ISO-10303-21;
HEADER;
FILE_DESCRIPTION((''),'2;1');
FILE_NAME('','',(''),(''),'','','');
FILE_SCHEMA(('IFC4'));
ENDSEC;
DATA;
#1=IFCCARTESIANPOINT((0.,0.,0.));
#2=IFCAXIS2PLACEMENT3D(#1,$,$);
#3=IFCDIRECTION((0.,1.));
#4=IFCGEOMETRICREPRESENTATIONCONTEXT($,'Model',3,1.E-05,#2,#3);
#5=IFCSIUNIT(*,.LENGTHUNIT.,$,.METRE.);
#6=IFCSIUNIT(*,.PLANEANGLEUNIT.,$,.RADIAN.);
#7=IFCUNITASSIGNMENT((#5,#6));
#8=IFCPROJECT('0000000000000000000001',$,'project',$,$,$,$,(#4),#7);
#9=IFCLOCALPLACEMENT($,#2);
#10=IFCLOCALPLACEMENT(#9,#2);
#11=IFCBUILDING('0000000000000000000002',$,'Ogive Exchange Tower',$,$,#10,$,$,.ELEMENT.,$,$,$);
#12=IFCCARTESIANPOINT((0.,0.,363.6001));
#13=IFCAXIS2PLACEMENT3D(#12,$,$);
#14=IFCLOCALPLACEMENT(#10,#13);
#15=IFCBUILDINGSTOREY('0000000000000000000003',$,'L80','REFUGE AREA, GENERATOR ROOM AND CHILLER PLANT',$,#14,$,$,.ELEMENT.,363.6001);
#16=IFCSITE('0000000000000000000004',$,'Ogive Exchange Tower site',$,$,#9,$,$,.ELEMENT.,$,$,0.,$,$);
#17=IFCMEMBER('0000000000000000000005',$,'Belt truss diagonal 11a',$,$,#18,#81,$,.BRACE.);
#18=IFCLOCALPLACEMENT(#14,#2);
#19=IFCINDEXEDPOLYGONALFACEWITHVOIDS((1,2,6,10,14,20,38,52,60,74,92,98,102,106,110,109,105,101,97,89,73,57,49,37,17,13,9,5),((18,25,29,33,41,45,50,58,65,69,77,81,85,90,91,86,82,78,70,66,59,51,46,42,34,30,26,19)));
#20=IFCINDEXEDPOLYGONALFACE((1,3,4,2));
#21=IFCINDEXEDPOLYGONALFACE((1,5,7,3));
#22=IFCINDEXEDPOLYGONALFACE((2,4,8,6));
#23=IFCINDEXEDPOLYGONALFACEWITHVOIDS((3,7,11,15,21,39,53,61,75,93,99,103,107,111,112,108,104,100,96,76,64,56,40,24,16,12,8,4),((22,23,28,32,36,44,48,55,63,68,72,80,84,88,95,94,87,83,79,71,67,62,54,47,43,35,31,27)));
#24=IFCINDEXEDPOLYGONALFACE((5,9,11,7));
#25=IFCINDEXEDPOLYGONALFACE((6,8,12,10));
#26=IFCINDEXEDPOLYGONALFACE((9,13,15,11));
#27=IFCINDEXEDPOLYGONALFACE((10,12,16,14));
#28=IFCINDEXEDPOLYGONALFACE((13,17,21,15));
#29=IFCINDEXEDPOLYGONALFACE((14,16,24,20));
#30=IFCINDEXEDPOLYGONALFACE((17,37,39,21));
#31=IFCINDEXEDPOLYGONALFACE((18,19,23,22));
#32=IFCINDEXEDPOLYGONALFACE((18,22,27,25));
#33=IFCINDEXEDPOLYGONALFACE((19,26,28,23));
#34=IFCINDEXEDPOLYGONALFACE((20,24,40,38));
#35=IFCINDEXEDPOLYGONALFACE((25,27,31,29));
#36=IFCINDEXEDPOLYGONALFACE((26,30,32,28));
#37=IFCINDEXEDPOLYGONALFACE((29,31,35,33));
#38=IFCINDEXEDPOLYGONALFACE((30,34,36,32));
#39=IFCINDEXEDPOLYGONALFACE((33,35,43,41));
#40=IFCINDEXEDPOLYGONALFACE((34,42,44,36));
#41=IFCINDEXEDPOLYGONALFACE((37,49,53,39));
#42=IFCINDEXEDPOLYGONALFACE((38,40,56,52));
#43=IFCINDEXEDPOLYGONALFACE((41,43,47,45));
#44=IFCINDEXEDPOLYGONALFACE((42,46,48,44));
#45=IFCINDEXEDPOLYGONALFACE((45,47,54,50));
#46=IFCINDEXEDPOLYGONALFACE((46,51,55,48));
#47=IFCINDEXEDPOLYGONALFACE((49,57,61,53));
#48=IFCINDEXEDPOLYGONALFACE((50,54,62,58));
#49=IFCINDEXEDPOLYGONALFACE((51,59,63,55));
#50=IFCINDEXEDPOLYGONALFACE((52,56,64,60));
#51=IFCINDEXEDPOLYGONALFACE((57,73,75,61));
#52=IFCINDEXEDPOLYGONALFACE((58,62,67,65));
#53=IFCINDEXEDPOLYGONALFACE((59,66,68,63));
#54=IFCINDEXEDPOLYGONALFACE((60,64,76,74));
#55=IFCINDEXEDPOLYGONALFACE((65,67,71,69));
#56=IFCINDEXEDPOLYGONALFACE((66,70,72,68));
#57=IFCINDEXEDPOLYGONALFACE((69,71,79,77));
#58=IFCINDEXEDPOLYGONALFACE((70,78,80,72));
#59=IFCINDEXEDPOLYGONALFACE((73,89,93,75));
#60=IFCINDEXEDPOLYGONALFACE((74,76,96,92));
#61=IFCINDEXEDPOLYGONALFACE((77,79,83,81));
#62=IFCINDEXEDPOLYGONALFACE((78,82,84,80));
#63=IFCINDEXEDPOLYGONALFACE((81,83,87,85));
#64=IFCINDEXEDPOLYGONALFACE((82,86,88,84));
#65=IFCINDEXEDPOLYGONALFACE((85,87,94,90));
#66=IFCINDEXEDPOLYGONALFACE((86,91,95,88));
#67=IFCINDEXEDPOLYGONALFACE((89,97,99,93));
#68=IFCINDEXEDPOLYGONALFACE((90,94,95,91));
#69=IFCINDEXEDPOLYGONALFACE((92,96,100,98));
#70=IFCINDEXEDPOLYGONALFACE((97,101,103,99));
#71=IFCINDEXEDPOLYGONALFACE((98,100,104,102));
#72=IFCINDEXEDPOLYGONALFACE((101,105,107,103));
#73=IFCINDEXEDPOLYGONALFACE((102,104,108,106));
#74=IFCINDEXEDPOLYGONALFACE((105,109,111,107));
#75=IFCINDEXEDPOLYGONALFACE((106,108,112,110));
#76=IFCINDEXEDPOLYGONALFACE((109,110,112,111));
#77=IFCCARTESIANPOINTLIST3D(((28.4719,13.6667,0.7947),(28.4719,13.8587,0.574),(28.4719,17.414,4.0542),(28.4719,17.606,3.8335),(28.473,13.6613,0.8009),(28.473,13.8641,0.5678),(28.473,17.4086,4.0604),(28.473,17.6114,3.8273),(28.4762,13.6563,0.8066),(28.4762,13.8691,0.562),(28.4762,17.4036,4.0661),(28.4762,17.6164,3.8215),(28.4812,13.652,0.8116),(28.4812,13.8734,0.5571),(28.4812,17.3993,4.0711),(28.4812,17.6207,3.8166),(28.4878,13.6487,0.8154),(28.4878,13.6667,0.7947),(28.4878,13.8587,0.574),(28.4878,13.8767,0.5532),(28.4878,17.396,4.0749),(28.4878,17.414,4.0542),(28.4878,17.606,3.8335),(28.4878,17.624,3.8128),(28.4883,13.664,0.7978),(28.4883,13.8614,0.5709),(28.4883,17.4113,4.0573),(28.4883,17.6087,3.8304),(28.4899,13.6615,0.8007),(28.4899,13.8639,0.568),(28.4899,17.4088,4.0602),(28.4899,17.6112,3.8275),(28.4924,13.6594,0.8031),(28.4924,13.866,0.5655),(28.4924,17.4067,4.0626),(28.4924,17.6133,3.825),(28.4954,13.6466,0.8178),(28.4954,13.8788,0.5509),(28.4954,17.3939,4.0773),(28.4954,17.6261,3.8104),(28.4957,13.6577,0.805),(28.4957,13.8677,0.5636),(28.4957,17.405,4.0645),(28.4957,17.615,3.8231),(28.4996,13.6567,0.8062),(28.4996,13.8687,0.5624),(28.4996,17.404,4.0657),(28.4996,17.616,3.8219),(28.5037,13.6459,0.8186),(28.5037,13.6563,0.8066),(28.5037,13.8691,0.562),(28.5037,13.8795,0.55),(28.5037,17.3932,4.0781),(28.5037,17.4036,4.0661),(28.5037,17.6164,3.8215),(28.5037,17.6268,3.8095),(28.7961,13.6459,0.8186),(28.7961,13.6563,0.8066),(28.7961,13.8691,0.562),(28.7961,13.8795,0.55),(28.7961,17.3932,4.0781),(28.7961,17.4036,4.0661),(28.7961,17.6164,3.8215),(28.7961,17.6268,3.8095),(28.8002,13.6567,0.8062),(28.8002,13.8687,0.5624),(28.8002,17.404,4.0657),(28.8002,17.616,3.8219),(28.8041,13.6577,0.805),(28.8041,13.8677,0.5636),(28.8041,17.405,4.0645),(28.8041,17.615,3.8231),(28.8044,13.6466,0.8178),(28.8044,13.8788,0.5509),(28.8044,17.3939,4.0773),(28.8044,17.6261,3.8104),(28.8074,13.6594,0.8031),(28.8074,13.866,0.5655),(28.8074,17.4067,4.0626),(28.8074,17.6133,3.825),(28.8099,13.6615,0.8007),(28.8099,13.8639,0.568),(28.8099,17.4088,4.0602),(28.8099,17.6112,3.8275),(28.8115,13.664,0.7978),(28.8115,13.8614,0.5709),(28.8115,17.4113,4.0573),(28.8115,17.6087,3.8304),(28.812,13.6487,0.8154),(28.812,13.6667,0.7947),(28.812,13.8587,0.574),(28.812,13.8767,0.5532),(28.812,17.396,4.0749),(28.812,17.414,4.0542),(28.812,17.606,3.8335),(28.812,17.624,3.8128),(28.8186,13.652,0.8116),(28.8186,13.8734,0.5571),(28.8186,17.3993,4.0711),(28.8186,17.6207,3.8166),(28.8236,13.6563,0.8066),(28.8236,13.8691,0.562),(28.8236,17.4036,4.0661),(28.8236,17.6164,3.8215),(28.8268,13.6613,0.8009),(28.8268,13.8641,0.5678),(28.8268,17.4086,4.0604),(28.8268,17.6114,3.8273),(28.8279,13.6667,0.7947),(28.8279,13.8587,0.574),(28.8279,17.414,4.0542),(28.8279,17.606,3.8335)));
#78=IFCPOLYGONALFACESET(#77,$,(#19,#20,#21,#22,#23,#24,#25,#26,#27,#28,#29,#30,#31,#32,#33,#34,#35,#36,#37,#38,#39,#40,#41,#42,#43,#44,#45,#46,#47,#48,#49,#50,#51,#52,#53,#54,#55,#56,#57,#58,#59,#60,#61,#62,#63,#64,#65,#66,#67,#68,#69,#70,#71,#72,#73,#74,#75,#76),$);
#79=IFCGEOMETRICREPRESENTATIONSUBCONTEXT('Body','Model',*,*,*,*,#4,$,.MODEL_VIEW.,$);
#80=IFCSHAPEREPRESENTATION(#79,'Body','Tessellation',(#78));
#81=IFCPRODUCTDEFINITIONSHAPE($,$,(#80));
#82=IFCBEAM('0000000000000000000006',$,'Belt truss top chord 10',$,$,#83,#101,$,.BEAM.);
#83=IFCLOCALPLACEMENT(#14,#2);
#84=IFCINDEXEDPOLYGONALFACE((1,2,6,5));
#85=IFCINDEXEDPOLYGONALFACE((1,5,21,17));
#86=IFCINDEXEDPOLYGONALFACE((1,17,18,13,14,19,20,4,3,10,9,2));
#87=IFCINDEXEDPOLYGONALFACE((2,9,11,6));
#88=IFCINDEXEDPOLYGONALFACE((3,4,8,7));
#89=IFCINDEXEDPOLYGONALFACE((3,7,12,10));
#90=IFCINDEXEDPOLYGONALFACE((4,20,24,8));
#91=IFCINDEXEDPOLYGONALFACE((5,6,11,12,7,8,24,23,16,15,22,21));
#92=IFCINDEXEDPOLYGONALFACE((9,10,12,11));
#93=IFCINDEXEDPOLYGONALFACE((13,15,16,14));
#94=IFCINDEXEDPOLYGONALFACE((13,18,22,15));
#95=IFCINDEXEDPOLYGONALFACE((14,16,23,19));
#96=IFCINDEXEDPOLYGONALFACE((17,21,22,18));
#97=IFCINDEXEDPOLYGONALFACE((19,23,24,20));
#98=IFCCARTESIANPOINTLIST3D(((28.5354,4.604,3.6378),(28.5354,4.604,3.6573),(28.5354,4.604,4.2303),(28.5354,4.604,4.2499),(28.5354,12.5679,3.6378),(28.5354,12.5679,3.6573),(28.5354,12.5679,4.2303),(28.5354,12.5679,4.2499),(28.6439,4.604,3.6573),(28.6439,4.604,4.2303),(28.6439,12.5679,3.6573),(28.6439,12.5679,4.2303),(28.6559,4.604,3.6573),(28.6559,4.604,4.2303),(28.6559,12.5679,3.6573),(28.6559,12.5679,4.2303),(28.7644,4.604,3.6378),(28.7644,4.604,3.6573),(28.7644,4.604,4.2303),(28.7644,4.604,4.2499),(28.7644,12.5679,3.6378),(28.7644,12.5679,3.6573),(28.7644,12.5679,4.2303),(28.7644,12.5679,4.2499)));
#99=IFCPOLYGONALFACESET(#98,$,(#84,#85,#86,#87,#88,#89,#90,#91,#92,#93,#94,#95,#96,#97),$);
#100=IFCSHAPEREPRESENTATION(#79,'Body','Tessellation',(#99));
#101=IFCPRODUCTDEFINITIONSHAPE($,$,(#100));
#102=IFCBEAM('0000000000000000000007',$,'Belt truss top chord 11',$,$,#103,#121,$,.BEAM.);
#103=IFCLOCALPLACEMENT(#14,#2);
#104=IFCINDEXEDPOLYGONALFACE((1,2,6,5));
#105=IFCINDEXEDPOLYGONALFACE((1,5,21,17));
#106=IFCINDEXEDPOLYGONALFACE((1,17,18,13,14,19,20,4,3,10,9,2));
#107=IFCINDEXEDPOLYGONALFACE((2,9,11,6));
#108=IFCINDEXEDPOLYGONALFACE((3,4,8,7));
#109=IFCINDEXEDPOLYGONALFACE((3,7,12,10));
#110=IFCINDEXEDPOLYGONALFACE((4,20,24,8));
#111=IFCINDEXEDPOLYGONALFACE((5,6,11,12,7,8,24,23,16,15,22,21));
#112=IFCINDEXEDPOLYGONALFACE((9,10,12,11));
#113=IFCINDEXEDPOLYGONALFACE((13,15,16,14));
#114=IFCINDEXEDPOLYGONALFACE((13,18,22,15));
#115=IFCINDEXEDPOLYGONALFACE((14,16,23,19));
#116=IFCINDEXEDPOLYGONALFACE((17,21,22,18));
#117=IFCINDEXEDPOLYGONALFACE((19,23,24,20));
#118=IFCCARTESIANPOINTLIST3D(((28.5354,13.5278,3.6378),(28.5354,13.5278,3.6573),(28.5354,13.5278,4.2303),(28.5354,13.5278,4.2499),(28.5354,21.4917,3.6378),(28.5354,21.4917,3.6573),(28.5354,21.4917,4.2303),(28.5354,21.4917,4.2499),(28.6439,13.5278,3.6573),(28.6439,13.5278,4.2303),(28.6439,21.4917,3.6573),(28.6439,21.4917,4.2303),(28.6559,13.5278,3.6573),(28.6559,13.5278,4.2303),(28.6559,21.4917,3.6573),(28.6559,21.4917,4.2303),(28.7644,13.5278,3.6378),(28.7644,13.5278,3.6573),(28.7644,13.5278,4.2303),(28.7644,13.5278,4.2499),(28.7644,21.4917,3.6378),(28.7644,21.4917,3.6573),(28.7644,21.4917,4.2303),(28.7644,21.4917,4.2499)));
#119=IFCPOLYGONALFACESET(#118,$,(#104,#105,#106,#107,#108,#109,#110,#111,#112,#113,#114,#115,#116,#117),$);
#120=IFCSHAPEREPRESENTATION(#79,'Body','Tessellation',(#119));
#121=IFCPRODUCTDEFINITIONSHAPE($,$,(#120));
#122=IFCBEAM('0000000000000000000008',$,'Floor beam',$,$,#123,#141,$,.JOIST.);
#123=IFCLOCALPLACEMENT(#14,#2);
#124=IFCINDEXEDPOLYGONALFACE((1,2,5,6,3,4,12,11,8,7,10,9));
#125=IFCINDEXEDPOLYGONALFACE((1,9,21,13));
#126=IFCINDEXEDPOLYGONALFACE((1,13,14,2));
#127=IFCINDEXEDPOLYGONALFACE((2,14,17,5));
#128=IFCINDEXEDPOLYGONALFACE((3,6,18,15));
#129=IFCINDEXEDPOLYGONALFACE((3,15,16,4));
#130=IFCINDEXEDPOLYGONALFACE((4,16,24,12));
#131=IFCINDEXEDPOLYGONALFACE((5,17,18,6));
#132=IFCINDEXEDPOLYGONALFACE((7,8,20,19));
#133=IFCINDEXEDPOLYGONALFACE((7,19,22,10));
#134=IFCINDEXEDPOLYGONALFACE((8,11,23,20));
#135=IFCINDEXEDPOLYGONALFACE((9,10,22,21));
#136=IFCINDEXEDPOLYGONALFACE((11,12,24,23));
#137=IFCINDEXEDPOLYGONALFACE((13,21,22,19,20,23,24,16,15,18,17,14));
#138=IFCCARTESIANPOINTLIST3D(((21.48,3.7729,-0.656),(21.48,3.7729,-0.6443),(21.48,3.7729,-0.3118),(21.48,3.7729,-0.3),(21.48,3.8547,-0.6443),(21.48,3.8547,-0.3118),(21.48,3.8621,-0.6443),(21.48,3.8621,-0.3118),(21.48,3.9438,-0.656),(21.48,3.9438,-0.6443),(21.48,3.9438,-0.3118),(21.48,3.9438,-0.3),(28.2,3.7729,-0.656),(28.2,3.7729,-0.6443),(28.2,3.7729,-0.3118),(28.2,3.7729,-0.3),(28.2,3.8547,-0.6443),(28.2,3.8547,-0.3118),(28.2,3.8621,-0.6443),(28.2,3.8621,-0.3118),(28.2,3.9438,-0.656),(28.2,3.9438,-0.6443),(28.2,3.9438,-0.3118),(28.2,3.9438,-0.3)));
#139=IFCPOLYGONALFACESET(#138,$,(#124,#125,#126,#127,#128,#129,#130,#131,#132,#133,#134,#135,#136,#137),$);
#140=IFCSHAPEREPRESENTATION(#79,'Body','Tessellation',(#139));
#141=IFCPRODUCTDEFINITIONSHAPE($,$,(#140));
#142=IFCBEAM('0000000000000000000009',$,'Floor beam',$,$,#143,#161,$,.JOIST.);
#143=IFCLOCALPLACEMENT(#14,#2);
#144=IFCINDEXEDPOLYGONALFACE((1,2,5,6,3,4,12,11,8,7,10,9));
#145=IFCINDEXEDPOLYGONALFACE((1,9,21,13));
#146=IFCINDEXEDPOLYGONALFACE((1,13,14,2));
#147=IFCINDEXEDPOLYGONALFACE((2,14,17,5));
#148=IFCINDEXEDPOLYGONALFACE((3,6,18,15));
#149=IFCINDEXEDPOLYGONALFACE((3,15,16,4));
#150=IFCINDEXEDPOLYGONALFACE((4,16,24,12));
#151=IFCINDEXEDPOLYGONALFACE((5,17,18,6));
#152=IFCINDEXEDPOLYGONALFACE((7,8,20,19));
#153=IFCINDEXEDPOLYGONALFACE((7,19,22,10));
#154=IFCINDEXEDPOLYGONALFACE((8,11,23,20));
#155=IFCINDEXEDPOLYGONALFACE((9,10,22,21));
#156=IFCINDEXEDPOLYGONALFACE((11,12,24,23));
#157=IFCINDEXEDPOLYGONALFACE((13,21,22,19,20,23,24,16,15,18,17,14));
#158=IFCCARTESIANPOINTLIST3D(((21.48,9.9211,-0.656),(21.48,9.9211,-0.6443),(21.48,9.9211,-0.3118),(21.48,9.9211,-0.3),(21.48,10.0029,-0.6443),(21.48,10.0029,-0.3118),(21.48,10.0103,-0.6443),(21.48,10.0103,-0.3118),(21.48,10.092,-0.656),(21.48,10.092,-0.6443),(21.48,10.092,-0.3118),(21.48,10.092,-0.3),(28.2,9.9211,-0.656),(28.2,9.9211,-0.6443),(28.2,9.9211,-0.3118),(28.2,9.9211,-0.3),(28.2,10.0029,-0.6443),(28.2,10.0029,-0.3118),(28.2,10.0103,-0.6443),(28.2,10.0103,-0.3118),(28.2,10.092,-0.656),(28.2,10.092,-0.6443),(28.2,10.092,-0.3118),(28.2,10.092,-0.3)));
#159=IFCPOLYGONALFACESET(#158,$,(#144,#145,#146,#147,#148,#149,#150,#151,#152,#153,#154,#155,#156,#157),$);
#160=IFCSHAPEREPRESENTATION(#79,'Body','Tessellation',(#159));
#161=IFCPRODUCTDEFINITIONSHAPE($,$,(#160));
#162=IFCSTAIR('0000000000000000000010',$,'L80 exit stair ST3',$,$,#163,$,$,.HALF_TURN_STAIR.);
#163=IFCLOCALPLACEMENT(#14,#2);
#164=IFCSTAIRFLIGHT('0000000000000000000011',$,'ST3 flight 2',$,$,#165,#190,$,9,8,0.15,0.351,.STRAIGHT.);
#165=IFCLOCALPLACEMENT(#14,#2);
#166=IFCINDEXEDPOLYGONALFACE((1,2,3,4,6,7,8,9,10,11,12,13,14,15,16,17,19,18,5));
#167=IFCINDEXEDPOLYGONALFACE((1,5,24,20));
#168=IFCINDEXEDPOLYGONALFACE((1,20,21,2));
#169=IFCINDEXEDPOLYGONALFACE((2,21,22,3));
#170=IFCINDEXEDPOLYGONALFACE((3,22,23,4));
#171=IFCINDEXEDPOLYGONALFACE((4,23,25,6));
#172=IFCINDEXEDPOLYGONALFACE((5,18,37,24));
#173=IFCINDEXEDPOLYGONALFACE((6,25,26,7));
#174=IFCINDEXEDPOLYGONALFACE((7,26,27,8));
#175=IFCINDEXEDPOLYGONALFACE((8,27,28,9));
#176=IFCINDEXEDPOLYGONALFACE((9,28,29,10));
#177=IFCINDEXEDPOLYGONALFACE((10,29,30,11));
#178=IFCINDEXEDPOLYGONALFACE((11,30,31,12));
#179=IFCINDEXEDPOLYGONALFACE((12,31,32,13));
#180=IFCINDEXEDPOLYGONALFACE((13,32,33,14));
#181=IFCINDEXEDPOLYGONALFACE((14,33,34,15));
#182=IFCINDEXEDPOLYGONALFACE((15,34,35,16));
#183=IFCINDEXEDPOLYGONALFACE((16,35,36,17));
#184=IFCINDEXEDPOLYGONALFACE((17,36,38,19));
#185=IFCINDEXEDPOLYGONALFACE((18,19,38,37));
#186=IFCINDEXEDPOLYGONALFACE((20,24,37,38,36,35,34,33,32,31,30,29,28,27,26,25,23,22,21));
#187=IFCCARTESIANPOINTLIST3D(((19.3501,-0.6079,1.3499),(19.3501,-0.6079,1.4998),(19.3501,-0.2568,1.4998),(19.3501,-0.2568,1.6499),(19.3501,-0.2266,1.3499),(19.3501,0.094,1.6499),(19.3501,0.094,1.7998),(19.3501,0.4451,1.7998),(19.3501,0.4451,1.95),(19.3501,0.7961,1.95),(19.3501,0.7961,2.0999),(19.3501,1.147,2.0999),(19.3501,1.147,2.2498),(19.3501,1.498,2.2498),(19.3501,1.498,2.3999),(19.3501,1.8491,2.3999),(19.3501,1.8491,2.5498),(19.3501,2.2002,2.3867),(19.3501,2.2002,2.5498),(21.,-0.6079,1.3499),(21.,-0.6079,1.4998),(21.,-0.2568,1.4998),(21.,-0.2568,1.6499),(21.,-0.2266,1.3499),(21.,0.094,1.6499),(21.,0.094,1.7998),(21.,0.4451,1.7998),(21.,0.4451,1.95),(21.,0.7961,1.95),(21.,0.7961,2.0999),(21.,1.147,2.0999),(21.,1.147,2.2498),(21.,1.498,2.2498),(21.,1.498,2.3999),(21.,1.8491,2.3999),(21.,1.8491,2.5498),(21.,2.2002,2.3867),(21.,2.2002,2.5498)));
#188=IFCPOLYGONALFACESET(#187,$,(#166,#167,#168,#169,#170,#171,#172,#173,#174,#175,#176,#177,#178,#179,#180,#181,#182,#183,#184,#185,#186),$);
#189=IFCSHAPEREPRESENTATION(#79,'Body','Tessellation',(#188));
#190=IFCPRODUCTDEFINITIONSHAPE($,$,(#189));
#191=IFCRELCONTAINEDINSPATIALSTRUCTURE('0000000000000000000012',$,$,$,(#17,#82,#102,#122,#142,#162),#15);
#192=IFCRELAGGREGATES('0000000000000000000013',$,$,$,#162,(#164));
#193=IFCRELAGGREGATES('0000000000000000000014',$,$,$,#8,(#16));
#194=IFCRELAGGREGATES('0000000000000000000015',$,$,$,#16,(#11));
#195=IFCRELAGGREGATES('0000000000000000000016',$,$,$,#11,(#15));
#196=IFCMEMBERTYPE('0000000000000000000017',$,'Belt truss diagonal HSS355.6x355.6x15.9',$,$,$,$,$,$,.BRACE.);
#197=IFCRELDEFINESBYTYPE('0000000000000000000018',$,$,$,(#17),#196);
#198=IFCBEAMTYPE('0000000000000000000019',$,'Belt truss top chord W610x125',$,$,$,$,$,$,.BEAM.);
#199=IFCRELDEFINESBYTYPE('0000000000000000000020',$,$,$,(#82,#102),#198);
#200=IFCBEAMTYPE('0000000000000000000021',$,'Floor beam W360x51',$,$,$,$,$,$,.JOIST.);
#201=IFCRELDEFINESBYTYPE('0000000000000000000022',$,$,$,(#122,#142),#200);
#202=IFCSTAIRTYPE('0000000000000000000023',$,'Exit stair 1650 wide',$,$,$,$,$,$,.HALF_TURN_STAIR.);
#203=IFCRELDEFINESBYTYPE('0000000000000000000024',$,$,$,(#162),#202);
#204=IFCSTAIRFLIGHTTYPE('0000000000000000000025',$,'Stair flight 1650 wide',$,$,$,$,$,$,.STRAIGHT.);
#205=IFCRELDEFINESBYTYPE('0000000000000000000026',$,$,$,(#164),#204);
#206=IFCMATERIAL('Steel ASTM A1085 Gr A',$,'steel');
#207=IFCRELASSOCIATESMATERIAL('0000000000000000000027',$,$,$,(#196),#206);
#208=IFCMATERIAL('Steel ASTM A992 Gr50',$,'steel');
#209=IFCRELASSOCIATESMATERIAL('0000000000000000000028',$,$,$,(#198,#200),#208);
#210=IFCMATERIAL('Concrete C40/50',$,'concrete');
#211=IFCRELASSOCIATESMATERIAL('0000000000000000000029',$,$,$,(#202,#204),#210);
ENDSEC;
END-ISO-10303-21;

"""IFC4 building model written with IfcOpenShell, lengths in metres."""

from ifc_helpers import new_model, si_unit, direction, frame, origin, origin_2d, place, context, subcontext, project, spatial, polyline, hollow_rectangle, i_section, outline, extrude, material, material_profile, profile_set, type_object, element, aggregate, save


model = new_model("IFC4")

# Units and contexts
model_context = context("Model", 3, precision=1e-05, world=origin(), true_north=direction((0.0, 1.0)))
body_context = subcontext(model_context, "Body", "Model", "MODEL_VIEW")
ifc_project = project(units=[si_unit("LENGTHUNIT", "METRE"), si_unit("PLANEANGLEUNIT", "RADIAN")], contexts=[model_context])

# Site, building, storey
site_placement = place(None, origin())
site = spatial("IfcSite", under=ifc_project, at=site_placement, Name="Ogive Exchange Tower site", CompositionType="ELEMENT", RefElevation=0.0)
building_placement = place(site_placement, origin())
building = spatial("IfcBuilding", under=site, at=building_placement, Name="Ogive Exchange Tower", CompositionType="ELEMENT")
storey_placement = place(building_placement, frame((0.0, 0.0, 363.6001)))
storey = spatial("IfcBuildingStorey", under=building, at=storey_placement, Name="L80", Description="REFUGE AREA, GENERATOR ROOM AND CHILLER PLANT", CompositionType="ELEMENT", Elevation=363.6001)

# Shared definitions
ifc_material_1 = material(Name="Steel ASTM A992 Gr50", Category="steel")

# Member
ifc_material_2 = material(Name="Steel ASTM A1085 Gr A", Category="steel")
ifc_material_profile_1 = material_profile(ifc_material_2, hollow_rectangle(XDim=0.356, YDim=0.356, WallThickness=0.0159, InnerFilletRadius=0.0159, OuterFilletRadius=0.0317, at=origin_2d()), Name="HSS355.6x355.6x15.9")
ifc_profile_set_1 = profile_set([ifc_material_profile_1], Name="Steel ASTM A1085 Gr A")
member_type = type_object("IfcMemberType", Name="Belt truss diagonal HSS355.6x355.6x15.9", PredefinedType="BRACE", material=ifc_profile_set_1)
member_1_placement = place(storey_placement, frame((28.6499, 13.7627, 0.6843), z_axis=(0.0, 0.754507, 0.656292), x_axis=(-1.0, 0.0, 0.0)))
element("IfcMember", 1, at=member_1_placement, inside=storey, type_object=member_type, Name="Belt truss diagonal 11a", PredefinedType="BRACE", context=body_context, shape_type="SweptSolid", body=[
    extrude(hollow_rectangle(XDim=0.356, YDim=0.356, WallThickness=0.0159, InnerFilletRadius=0.0159, OuterFilletRadius=0.0317, at=origin_2d()), origin(), (0.0, 0.0, 1.0), 4.9666),
])

# Beams
ifc_material_profile_2 = material_profile(ifc_material_1, i_section(OverallWidth=0.229, OverallDepth=0.6121, WebThickness=0.012, FlangeThickness=0.0195, at=origin_2d()), Name="W610x125")
ifc_profile_set_2 = profile_set([ifc_material_profile_2], Name="Steel ASTM A992 Gr50")
beam_type_1 = type_object("IfcBeamType", Name="Belt truss top chord W610x125", PredefinedType="BEAM", material=ifc_profile_set_2)
for number, where, z_axis, x_axis, name in (
    (2, (28.6499, 4.604, 3.9438), (0.0, 1.0, 0.0), (-1.0, 0.0, 0.0), "Belt truss top chord 10"),
    (3, (28.6499, 13.5278, 3.9438), (0.0, 1.0, 0.0), (-1.0, 0.0, 0.0), "Belt truss top chord 11"),
):
    element("IfcBeam", number, at=place(storey_placement, frame(where, z_axis=z_axis, x_axis=x_axis)), inside=storey, type_object=beam_type_1, Name=name, PredefinedType="BEAM", context=body_context, shape_type="SweptSolid", body=[
        extrude(i_section(OverallWidth=0.229, OverallDepth=0.6121, WebThickness=0.012, FlangeThickness=0.0195, at=origin_2d()), origin(), (0.0, 0.0, 1.0), 7.9639),
    ])
ifc_material_profile_3 = material_profile(ifc_material_1, i_section(OverallWidth=0.1709, OverallDepth=0.356, WebThickness=0.0073, FlangeThickness=0.0117, at=origin_2d()), Name="W360x51")
ifc_profile_set_3 = profile_set([ifc_material_profile_3], Name="Steel ASTM A992 Gr50")
beam_type_2 = type_object("IfcBeamType", Name="Floor beam W360x51", PredefinedType="JOIST", material=ifc_profile_set_3)
for number, where, z_axis, x_axis, name in (
    (4, (21.48, 3.8584, -0.478), (1.0, 0.0, 0.0), (0.0, 1.0, 0.0), "Floor beam"),
    (5, (21.48, 10.0066, -0.478), (1.0, 0.0, 0.0), (0.0, 1.0, 0.0), "Floor beam"),
):
    element("IfcBeam", number, at=place(storey_placement, frame(where, z_axis=z_axis, x_axis=x_axis)), inside=storey, type_object=beam_type_2, Name=name, PredefinedType="JOIST", context=body_context, shape_type="SweptSolid", body=[
        extrude(i_section(OverallWidth=0.1709, OverallDepth=0.356, WebThickness=0.0073, FlangeThickness=0.0117, at=origin_2d()), origin(), (0.0, 0.0, 1.0), 6.72),
    ])

# Stair, stair flight
ifc_material_3 = material(Name="Concrete C40/50", Category="concrete")
stair_type = type_object("IfcStairType", Name="Exit stair 1650 wide", PredefinedType="HALF_TURN_STAIR", material=ifc_material_3)
stair_1_placement = place(storey_placement, origin())
stair_1 = element("IfcStair", 6, at=stair_1_placement, inside=storey, type_object=stair_type, Name="L80 exit stair ST3", PredefinedType="HALF_TURN_STAIR")
stair_flight_type = type_object("IfcStairFlightType", Name="Stair flight 1650 wide", PredefinedType="STRAIGHT", material=ifc_material_3)
stair_flight_1_placement = place(storey_placement, frame((20.175, -0.6079, 1.3499), z_axis=(0.0, 0.0, 1.0), x_axis=(0.0, 1.0, 0.0)))
stair_flight_1 = element("IfcStairFlight", 7, at=stair_flight_1_placement, type_object=stair_flight_type, Name="ST3 flight 2", NumberOfRisers=9, NumberOfTreads=8, PredefinedType="STRAIGHT", RiserHeight=0.15, TreadLength=0.351, context=body_context, shape_type="SweptSolid", body=[
    extrude(outline(polyline([(0.0, 0.0), (0.0, 0.1499), (0.3511, 0.1499), (0.3511, 0.3), (0.7019, 0.3), (0.7019, 0.45), (1.053, 0.45), (1.053, 0.6001), (1.4041, 0.6001), (1.4041, 0.75), (1.7549, 0.75), (1.7549, 0.8999), (2.106, 0.8999), (2.106, 1.05), (2.457, 1.05), (2.457, 1.2), (2.8081, 1.2), (2.8081, 1.3501), (2.8081, 1.0369), (0.3813, 0.0), (0.0, 0.0)])), frame((0.0, 0.825, 0.0), z_axis=(0.0, -1.0, 0.0), x_axis=(1.0, 0.0, 0.0)), (0.0, 0.0, 1.0), 1.6499),
])
aggregate(stair_1, [stair_flight_1])

save(model, "model.ifc")
